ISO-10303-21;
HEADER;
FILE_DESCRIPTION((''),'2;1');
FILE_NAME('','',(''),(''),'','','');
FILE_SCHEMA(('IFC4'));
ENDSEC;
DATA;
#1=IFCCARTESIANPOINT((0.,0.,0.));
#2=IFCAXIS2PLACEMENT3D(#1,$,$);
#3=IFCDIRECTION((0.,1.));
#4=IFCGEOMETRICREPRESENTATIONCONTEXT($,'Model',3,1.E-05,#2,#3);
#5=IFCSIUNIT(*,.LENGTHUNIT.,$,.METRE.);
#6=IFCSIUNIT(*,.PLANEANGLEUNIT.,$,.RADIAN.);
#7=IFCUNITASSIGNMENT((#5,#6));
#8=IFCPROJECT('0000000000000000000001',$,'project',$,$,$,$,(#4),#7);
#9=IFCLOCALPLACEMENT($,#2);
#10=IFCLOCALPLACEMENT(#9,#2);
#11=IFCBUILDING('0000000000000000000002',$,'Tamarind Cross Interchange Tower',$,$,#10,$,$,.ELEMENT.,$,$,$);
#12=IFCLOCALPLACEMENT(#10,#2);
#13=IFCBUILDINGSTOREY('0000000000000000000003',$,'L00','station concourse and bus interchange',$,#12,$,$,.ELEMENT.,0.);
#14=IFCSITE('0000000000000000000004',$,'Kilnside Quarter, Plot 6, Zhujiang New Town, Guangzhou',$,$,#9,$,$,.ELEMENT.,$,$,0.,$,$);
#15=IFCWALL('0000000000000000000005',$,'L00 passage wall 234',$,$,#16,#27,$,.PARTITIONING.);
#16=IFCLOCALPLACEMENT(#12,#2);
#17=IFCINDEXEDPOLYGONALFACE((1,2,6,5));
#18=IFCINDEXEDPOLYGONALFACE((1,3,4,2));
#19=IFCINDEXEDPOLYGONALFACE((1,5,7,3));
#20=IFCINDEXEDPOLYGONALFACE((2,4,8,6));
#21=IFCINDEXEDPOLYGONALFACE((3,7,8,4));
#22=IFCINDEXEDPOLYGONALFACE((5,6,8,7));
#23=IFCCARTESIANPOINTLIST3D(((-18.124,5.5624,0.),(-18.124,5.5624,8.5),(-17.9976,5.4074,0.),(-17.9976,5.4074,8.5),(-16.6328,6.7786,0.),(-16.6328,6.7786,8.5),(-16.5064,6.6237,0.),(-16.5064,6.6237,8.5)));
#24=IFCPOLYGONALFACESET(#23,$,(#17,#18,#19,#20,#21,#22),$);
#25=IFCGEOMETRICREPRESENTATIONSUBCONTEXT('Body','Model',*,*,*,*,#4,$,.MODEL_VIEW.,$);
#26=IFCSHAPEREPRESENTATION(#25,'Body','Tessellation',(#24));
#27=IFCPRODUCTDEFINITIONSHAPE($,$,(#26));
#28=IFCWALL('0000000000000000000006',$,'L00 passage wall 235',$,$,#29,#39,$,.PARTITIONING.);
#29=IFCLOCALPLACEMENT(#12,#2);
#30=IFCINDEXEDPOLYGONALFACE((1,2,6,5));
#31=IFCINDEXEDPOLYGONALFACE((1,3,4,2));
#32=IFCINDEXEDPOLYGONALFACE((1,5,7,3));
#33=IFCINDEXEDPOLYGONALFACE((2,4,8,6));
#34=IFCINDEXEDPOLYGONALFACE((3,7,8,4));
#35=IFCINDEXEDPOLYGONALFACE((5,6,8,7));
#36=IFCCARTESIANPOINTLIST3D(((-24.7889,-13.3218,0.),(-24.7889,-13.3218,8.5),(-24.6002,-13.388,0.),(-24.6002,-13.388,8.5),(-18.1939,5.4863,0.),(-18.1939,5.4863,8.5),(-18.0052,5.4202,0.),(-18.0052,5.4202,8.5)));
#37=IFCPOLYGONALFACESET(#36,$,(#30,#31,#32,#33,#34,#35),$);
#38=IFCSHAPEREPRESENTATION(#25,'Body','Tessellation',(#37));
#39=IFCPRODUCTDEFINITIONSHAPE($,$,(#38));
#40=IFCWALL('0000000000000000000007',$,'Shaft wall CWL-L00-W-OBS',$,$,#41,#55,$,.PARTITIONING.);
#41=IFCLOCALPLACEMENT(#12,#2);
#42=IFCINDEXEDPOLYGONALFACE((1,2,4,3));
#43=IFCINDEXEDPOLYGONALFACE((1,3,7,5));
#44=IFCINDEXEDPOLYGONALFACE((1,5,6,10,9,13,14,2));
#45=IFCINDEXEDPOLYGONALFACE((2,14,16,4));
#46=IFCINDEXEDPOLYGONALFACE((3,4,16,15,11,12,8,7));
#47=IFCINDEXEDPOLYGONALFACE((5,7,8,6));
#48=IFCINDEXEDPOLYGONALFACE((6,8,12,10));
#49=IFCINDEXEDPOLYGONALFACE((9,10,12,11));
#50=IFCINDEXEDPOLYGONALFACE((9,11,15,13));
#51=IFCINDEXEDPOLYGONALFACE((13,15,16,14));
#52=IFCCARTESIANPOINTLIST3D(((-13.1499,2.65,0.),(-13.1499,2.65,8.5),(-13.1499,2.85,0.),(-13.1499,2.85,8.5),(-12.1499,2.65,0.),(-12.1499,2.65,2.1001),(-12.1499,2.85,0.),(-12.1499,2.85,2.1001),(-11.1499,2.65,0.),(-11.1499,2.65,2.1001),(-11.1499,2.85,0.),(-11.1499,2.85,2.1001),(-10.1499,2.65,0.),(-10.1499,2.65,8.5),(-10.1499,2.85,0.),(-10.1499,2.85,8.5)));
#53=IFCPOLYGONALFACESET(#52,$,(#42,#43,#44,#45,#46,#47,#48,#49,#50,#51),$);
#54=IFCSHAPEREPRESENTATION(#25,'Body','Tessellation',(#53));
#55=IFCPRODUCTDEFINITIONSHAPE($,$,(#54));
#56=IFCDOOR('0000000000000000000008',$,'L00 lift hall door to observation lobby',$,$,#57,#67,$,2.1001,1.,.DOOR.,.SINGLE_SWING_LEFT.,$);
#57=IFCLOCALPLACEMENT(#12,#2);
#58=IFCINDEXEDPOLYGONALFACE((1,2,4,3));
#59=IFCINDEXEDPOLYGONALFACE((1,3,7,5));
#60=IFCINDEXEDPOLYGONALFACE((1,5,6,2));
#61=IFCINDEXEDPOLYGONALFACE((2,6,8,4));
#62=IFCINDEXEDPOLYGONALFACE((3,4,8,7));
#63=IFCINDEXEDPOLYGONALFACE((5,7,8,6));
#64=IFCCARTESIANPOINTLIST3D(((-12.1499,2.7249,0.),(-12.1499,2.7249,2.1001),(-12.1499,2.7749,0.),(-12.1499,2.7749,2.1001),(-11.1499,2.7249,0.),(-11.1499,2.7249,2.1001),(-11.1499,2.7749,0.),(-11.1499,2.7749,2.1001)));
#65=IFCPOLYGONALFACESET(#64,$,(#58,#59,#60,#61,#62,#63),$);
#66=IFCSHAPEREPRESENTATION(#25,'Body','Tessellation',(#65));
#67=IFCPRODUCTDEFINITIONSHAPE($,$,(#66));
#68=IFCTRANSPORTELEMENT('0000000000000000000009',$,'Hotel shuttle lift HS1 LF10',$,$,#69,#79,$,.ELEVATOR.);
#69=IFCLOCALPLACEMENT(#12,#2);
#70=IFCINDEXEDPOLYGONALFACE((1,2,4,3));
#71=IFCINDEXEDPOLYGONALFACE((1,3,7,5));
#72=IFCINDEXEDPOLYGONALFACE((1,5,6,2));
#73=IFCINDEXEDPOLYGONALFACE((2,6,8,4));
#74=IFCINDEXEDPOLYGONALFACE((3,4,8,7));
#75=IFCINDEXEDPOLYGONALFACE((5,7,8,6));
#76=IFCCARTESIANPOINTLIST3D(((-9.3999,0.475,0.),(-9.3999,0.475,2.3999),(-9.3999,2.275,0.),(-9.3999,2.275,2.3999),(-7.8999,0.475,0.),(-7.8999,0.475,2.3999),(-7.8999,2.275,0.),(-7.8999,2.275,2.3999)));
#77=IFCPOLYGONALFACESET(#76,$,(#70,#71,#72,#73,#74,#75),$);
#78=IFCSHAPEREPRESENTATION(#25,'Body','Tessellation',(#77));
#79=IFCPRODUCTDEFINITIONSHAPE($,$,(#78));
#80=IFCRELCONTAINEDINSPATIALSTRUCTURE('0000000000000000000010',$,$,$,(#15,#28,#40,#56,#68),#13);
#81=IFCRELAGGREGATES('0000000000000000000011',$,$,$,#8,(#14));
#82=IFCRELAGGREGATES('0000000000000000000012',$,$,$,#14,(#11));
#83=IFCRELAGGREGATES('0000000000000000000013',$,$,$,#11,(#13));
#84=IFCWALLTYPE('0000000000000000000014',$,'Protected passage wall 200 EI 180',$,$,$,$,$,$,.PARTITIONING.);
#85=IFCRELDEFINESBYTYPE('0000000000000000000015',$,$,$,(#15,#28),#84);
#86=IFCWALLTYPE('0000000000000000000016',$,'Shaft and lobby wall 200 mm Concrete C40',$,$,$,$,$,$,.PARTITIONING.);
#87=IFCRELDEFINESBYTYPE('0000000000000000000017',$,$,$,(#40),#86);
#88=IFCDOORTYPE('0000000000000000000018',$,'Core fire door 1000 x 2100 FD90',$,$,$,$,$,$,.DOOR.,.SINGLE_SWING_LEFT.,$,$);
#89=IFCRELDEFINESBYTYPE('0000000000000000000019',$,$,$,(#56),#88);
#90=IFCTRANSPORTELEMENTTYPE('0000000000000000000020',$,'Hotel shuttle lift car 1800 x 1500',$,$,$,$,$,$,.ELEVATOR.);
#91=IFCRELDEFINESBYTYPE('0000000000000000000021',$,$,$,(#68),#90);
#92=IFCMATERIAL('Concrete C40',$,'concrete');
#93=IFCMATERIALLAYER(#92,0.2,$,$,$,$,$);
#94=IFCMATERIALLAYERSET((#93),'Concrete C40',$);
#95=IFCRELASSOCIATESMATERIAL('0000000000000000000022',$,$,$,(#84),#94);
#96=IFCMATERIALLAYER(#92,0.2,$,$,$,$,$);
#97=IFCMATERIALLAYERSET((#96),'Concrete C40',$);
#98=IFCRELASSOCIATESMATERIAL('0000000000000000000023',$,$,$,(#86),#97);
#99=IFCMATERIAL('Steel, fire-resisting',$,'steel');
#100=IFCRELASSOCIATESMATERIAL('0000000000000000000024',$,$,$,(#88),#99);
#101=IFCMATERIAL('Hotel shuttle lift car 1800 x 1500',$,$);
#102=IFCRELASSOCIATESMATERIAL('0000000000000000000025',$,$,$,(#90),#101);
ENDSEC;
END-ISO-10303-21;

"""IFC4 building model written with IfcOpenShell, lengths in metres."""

from ifc_helpers import new_model, si_unit, direction, frame, frame_2d, origin, origin_2d, place, context, subcontext, project, spatial, rectangle, extrude, material, layer, layer_set, type_object, element, fill, save


model = new_model("IFC4")

# Units and contexts
model_context = context("Model", 3, precision=1e-05, world=origin(), true_north=direction((0.0, 1.0)))
body_context = subcontext(model_context, "Body", "Model", "MODEL_VIEW")
ifc_project = project(units=[si_unit("LENGTHUNIT", "METRE"), si_unit("PLANEANGLEUNIT", "RADIAN")], contexts=[model_context])

# Site, building, storey
site_placement = place(None, origin())
site = spatial("IfcSite", under=ifc_project, at=site_placement, Name="Kilnside Quarter, Plot 6, Zhujiang New Town, Guangzhou", CompositionType="ELEMENT", RefElevation=0.0)
building_placement = place(site_placement, origin())
building = spatial("IfcBuilding", under=site, at=building_placement, Name="Tamarind Cross Interchange Tower", CompositionType="ELEMENT")
storey_placement = place(building_placement, origin())
storey = spatial("IfcBuildingStorey", under=building, at=storey_placement, Name="L00", Description="station concourse and bus interchange", CompositionType="ELEMENT", Elevation=0.0)

# Walls
ifc_material_1 = material(Name="Concrete C40", Category="concrete")
ifc_layer_1 = layer(ifc_material_1, 0.2)
ifc_layer_set_1 = layer_set([ifc_layer_1], Name="Concrete C40")
wall_type_1 = type_object("IfcWallType", Name="Protected passage wall 200 EI 180", PredefinedType="PARTITIONING", material=ifc_layer_set_1)
wall_1_placement = place(storey_placement, frame((-16.5696, 6.7012, 0.0), z_axis=(0.0, 0.0, 1.0), x_axis=(-0.774917, -0.632063, 0.0)))
element("IfcWall", 1, at=wall_1_placement, inside=storey, type_object=wall_type_1, Name="L00 passage wall 234", PredefinedType="PARTITIONING", context=body_context, shape_type="SweptSolid", body=[
    extrude(rectangle(XDim=1.9243, YDim=0.2, at=frame_2d((0.9622, 0.0))), origin(), (0.0, 0.0, 1.0), 8.5),
])
wall_2_placement = place(storey_placement, frame((-18.0996, 5.4531, 0.0), z_axis=(0.0, 0.0, 1.0), x_axis=(-0.330893, -0.943668, 0.0)))
element("IfcWall", 2, at=wall_2_placement, inside=storey, type_object=wall_type_1, Name="L00 passage wall 235", PredefinedType="PARTITIONING", context=body_context, shape_type="SweptSolid", body=[
    extrude(rectangle(XDim=19.9309, YDim=0.2, at=frame_2d((9.9653, 0.0))), origin(), (0.0, 0.0, 1.0), 8.5),
])

# Wall, opening, door
ifc_layer_2 = layer(ifc_material_1, 0.2)
ifc_layer_set_2 = layer_set([ifc_layer_2], Name="Concrete C40")
wall_type_2 = type_object("IfcWallType", Name="Shaft and lobby wall 200 mm Concrete C40", PredefinedType="PARTITIONING", material=ifc_layer_set_2)
wall_3_placement = place(storey_placement, frame((-13.1499, 2.75, 0.0), z_axis=(0.0, 0.0, 1.0), x_axis=(1.0, 0.0, 0.0)))
wall_3 = element("IfcWall", 3, at=wall_3_placement, inside=storey, type_object=wall_type_2, Name="Shaft wall CWL-L00-W-OBS", PredefinedType="PARTITIONING", context=body_context, shape_type="SweptSolid", body=[
    extrude(rectangle(XDim=3.0, YDim=0.2, at=frame_2d((1.5, 0.0))), origin(), (0.0, 0.0, 1.0), 8.5),
])
opening_placement = place(wall_3_placement, frame((1.0, 0.0, 0.0)))
opening = element("IfcOpeningElement", 4, at=opening_placement, cuts=wall_3, PredefinedType="OPENING", context=body_context, shape_type="SweptSolid", body=[
    extrude(rectangle(XDim=1.0, YDim=2.1001, at=frame_2d((0.5, 1.05))), frame((0.0, 0.1099, 0.0), z_axis=(0.0, -1.0, 0.0), x_axis=(1.0, 0.0, 0.0)), (0.0, 0.0, 1.0), 0.22),
])
ifc_material_2 = material(Name="Steel, fire-resisting", Category="steel")
door_type = type_object("IfcDoorType", Name="Core fire door 1000 x 2100 FD90", OperationType="SINGLE_SWING_LEFT", PredefinedType="DOOR", material=ifc_material_2)
door_placement = place(opening_placement, origin())
door = element("IfcDoor", 5, at=door_placement, inside=storey, type_object=door_type, Name="L00 lift hall door to observation lobby", OperationType="SINGLE_SWING_LEFT", OverallHeight=2.1001, OverallWidth=1.0, PredefinedType="DOOR", context=body_context, shape_type="SweptSolid", body=[
    extrude(rectangle(XDim=1.0, YDim=2.1001, at=frame_2d((0.5, 1.05))), frame((0.0, 0.0249, 0.0), z_axis=(0.0, -1.0, 0.0), x_axis=(1.0, 0.0, 0.0)), (0.0, 0.0, 1.0), 0.05),
])
fill(opening, door)

# Transport element
ifc_material_3 = material(Name="Hotel shuttle lift car 1800 x 1500")
transport_element_type = type_object("IfcTransportElementType", Name="Hotel shuttle lift car 1800 x 1500", PredefinedType="ELEVATOR", material=ifc_material_3)
transport_element_placement = place(storey_placement, frame((-8.6499, 1.375, 0.0), z_axis=(0.0, 0.0, 1.0), x_axis=(1.0, 0.0, 0.0)))
element("IfcTransportElement", 6, at=transport_element_placement, inside=storey, type_object=transport_element_type, Name="Hotel shuttle lift HS1 LF10", PredefinedType="ELEVATOR", context=body_context, shape_type="SweptSolid", body=[
    extrude(rectangle(XDim=1.5, YDim=1.8, at=origin_2d()), origin(), (0.0, 0.0, 1.0), 2.3999),
])

save(model, "model.ifc")
